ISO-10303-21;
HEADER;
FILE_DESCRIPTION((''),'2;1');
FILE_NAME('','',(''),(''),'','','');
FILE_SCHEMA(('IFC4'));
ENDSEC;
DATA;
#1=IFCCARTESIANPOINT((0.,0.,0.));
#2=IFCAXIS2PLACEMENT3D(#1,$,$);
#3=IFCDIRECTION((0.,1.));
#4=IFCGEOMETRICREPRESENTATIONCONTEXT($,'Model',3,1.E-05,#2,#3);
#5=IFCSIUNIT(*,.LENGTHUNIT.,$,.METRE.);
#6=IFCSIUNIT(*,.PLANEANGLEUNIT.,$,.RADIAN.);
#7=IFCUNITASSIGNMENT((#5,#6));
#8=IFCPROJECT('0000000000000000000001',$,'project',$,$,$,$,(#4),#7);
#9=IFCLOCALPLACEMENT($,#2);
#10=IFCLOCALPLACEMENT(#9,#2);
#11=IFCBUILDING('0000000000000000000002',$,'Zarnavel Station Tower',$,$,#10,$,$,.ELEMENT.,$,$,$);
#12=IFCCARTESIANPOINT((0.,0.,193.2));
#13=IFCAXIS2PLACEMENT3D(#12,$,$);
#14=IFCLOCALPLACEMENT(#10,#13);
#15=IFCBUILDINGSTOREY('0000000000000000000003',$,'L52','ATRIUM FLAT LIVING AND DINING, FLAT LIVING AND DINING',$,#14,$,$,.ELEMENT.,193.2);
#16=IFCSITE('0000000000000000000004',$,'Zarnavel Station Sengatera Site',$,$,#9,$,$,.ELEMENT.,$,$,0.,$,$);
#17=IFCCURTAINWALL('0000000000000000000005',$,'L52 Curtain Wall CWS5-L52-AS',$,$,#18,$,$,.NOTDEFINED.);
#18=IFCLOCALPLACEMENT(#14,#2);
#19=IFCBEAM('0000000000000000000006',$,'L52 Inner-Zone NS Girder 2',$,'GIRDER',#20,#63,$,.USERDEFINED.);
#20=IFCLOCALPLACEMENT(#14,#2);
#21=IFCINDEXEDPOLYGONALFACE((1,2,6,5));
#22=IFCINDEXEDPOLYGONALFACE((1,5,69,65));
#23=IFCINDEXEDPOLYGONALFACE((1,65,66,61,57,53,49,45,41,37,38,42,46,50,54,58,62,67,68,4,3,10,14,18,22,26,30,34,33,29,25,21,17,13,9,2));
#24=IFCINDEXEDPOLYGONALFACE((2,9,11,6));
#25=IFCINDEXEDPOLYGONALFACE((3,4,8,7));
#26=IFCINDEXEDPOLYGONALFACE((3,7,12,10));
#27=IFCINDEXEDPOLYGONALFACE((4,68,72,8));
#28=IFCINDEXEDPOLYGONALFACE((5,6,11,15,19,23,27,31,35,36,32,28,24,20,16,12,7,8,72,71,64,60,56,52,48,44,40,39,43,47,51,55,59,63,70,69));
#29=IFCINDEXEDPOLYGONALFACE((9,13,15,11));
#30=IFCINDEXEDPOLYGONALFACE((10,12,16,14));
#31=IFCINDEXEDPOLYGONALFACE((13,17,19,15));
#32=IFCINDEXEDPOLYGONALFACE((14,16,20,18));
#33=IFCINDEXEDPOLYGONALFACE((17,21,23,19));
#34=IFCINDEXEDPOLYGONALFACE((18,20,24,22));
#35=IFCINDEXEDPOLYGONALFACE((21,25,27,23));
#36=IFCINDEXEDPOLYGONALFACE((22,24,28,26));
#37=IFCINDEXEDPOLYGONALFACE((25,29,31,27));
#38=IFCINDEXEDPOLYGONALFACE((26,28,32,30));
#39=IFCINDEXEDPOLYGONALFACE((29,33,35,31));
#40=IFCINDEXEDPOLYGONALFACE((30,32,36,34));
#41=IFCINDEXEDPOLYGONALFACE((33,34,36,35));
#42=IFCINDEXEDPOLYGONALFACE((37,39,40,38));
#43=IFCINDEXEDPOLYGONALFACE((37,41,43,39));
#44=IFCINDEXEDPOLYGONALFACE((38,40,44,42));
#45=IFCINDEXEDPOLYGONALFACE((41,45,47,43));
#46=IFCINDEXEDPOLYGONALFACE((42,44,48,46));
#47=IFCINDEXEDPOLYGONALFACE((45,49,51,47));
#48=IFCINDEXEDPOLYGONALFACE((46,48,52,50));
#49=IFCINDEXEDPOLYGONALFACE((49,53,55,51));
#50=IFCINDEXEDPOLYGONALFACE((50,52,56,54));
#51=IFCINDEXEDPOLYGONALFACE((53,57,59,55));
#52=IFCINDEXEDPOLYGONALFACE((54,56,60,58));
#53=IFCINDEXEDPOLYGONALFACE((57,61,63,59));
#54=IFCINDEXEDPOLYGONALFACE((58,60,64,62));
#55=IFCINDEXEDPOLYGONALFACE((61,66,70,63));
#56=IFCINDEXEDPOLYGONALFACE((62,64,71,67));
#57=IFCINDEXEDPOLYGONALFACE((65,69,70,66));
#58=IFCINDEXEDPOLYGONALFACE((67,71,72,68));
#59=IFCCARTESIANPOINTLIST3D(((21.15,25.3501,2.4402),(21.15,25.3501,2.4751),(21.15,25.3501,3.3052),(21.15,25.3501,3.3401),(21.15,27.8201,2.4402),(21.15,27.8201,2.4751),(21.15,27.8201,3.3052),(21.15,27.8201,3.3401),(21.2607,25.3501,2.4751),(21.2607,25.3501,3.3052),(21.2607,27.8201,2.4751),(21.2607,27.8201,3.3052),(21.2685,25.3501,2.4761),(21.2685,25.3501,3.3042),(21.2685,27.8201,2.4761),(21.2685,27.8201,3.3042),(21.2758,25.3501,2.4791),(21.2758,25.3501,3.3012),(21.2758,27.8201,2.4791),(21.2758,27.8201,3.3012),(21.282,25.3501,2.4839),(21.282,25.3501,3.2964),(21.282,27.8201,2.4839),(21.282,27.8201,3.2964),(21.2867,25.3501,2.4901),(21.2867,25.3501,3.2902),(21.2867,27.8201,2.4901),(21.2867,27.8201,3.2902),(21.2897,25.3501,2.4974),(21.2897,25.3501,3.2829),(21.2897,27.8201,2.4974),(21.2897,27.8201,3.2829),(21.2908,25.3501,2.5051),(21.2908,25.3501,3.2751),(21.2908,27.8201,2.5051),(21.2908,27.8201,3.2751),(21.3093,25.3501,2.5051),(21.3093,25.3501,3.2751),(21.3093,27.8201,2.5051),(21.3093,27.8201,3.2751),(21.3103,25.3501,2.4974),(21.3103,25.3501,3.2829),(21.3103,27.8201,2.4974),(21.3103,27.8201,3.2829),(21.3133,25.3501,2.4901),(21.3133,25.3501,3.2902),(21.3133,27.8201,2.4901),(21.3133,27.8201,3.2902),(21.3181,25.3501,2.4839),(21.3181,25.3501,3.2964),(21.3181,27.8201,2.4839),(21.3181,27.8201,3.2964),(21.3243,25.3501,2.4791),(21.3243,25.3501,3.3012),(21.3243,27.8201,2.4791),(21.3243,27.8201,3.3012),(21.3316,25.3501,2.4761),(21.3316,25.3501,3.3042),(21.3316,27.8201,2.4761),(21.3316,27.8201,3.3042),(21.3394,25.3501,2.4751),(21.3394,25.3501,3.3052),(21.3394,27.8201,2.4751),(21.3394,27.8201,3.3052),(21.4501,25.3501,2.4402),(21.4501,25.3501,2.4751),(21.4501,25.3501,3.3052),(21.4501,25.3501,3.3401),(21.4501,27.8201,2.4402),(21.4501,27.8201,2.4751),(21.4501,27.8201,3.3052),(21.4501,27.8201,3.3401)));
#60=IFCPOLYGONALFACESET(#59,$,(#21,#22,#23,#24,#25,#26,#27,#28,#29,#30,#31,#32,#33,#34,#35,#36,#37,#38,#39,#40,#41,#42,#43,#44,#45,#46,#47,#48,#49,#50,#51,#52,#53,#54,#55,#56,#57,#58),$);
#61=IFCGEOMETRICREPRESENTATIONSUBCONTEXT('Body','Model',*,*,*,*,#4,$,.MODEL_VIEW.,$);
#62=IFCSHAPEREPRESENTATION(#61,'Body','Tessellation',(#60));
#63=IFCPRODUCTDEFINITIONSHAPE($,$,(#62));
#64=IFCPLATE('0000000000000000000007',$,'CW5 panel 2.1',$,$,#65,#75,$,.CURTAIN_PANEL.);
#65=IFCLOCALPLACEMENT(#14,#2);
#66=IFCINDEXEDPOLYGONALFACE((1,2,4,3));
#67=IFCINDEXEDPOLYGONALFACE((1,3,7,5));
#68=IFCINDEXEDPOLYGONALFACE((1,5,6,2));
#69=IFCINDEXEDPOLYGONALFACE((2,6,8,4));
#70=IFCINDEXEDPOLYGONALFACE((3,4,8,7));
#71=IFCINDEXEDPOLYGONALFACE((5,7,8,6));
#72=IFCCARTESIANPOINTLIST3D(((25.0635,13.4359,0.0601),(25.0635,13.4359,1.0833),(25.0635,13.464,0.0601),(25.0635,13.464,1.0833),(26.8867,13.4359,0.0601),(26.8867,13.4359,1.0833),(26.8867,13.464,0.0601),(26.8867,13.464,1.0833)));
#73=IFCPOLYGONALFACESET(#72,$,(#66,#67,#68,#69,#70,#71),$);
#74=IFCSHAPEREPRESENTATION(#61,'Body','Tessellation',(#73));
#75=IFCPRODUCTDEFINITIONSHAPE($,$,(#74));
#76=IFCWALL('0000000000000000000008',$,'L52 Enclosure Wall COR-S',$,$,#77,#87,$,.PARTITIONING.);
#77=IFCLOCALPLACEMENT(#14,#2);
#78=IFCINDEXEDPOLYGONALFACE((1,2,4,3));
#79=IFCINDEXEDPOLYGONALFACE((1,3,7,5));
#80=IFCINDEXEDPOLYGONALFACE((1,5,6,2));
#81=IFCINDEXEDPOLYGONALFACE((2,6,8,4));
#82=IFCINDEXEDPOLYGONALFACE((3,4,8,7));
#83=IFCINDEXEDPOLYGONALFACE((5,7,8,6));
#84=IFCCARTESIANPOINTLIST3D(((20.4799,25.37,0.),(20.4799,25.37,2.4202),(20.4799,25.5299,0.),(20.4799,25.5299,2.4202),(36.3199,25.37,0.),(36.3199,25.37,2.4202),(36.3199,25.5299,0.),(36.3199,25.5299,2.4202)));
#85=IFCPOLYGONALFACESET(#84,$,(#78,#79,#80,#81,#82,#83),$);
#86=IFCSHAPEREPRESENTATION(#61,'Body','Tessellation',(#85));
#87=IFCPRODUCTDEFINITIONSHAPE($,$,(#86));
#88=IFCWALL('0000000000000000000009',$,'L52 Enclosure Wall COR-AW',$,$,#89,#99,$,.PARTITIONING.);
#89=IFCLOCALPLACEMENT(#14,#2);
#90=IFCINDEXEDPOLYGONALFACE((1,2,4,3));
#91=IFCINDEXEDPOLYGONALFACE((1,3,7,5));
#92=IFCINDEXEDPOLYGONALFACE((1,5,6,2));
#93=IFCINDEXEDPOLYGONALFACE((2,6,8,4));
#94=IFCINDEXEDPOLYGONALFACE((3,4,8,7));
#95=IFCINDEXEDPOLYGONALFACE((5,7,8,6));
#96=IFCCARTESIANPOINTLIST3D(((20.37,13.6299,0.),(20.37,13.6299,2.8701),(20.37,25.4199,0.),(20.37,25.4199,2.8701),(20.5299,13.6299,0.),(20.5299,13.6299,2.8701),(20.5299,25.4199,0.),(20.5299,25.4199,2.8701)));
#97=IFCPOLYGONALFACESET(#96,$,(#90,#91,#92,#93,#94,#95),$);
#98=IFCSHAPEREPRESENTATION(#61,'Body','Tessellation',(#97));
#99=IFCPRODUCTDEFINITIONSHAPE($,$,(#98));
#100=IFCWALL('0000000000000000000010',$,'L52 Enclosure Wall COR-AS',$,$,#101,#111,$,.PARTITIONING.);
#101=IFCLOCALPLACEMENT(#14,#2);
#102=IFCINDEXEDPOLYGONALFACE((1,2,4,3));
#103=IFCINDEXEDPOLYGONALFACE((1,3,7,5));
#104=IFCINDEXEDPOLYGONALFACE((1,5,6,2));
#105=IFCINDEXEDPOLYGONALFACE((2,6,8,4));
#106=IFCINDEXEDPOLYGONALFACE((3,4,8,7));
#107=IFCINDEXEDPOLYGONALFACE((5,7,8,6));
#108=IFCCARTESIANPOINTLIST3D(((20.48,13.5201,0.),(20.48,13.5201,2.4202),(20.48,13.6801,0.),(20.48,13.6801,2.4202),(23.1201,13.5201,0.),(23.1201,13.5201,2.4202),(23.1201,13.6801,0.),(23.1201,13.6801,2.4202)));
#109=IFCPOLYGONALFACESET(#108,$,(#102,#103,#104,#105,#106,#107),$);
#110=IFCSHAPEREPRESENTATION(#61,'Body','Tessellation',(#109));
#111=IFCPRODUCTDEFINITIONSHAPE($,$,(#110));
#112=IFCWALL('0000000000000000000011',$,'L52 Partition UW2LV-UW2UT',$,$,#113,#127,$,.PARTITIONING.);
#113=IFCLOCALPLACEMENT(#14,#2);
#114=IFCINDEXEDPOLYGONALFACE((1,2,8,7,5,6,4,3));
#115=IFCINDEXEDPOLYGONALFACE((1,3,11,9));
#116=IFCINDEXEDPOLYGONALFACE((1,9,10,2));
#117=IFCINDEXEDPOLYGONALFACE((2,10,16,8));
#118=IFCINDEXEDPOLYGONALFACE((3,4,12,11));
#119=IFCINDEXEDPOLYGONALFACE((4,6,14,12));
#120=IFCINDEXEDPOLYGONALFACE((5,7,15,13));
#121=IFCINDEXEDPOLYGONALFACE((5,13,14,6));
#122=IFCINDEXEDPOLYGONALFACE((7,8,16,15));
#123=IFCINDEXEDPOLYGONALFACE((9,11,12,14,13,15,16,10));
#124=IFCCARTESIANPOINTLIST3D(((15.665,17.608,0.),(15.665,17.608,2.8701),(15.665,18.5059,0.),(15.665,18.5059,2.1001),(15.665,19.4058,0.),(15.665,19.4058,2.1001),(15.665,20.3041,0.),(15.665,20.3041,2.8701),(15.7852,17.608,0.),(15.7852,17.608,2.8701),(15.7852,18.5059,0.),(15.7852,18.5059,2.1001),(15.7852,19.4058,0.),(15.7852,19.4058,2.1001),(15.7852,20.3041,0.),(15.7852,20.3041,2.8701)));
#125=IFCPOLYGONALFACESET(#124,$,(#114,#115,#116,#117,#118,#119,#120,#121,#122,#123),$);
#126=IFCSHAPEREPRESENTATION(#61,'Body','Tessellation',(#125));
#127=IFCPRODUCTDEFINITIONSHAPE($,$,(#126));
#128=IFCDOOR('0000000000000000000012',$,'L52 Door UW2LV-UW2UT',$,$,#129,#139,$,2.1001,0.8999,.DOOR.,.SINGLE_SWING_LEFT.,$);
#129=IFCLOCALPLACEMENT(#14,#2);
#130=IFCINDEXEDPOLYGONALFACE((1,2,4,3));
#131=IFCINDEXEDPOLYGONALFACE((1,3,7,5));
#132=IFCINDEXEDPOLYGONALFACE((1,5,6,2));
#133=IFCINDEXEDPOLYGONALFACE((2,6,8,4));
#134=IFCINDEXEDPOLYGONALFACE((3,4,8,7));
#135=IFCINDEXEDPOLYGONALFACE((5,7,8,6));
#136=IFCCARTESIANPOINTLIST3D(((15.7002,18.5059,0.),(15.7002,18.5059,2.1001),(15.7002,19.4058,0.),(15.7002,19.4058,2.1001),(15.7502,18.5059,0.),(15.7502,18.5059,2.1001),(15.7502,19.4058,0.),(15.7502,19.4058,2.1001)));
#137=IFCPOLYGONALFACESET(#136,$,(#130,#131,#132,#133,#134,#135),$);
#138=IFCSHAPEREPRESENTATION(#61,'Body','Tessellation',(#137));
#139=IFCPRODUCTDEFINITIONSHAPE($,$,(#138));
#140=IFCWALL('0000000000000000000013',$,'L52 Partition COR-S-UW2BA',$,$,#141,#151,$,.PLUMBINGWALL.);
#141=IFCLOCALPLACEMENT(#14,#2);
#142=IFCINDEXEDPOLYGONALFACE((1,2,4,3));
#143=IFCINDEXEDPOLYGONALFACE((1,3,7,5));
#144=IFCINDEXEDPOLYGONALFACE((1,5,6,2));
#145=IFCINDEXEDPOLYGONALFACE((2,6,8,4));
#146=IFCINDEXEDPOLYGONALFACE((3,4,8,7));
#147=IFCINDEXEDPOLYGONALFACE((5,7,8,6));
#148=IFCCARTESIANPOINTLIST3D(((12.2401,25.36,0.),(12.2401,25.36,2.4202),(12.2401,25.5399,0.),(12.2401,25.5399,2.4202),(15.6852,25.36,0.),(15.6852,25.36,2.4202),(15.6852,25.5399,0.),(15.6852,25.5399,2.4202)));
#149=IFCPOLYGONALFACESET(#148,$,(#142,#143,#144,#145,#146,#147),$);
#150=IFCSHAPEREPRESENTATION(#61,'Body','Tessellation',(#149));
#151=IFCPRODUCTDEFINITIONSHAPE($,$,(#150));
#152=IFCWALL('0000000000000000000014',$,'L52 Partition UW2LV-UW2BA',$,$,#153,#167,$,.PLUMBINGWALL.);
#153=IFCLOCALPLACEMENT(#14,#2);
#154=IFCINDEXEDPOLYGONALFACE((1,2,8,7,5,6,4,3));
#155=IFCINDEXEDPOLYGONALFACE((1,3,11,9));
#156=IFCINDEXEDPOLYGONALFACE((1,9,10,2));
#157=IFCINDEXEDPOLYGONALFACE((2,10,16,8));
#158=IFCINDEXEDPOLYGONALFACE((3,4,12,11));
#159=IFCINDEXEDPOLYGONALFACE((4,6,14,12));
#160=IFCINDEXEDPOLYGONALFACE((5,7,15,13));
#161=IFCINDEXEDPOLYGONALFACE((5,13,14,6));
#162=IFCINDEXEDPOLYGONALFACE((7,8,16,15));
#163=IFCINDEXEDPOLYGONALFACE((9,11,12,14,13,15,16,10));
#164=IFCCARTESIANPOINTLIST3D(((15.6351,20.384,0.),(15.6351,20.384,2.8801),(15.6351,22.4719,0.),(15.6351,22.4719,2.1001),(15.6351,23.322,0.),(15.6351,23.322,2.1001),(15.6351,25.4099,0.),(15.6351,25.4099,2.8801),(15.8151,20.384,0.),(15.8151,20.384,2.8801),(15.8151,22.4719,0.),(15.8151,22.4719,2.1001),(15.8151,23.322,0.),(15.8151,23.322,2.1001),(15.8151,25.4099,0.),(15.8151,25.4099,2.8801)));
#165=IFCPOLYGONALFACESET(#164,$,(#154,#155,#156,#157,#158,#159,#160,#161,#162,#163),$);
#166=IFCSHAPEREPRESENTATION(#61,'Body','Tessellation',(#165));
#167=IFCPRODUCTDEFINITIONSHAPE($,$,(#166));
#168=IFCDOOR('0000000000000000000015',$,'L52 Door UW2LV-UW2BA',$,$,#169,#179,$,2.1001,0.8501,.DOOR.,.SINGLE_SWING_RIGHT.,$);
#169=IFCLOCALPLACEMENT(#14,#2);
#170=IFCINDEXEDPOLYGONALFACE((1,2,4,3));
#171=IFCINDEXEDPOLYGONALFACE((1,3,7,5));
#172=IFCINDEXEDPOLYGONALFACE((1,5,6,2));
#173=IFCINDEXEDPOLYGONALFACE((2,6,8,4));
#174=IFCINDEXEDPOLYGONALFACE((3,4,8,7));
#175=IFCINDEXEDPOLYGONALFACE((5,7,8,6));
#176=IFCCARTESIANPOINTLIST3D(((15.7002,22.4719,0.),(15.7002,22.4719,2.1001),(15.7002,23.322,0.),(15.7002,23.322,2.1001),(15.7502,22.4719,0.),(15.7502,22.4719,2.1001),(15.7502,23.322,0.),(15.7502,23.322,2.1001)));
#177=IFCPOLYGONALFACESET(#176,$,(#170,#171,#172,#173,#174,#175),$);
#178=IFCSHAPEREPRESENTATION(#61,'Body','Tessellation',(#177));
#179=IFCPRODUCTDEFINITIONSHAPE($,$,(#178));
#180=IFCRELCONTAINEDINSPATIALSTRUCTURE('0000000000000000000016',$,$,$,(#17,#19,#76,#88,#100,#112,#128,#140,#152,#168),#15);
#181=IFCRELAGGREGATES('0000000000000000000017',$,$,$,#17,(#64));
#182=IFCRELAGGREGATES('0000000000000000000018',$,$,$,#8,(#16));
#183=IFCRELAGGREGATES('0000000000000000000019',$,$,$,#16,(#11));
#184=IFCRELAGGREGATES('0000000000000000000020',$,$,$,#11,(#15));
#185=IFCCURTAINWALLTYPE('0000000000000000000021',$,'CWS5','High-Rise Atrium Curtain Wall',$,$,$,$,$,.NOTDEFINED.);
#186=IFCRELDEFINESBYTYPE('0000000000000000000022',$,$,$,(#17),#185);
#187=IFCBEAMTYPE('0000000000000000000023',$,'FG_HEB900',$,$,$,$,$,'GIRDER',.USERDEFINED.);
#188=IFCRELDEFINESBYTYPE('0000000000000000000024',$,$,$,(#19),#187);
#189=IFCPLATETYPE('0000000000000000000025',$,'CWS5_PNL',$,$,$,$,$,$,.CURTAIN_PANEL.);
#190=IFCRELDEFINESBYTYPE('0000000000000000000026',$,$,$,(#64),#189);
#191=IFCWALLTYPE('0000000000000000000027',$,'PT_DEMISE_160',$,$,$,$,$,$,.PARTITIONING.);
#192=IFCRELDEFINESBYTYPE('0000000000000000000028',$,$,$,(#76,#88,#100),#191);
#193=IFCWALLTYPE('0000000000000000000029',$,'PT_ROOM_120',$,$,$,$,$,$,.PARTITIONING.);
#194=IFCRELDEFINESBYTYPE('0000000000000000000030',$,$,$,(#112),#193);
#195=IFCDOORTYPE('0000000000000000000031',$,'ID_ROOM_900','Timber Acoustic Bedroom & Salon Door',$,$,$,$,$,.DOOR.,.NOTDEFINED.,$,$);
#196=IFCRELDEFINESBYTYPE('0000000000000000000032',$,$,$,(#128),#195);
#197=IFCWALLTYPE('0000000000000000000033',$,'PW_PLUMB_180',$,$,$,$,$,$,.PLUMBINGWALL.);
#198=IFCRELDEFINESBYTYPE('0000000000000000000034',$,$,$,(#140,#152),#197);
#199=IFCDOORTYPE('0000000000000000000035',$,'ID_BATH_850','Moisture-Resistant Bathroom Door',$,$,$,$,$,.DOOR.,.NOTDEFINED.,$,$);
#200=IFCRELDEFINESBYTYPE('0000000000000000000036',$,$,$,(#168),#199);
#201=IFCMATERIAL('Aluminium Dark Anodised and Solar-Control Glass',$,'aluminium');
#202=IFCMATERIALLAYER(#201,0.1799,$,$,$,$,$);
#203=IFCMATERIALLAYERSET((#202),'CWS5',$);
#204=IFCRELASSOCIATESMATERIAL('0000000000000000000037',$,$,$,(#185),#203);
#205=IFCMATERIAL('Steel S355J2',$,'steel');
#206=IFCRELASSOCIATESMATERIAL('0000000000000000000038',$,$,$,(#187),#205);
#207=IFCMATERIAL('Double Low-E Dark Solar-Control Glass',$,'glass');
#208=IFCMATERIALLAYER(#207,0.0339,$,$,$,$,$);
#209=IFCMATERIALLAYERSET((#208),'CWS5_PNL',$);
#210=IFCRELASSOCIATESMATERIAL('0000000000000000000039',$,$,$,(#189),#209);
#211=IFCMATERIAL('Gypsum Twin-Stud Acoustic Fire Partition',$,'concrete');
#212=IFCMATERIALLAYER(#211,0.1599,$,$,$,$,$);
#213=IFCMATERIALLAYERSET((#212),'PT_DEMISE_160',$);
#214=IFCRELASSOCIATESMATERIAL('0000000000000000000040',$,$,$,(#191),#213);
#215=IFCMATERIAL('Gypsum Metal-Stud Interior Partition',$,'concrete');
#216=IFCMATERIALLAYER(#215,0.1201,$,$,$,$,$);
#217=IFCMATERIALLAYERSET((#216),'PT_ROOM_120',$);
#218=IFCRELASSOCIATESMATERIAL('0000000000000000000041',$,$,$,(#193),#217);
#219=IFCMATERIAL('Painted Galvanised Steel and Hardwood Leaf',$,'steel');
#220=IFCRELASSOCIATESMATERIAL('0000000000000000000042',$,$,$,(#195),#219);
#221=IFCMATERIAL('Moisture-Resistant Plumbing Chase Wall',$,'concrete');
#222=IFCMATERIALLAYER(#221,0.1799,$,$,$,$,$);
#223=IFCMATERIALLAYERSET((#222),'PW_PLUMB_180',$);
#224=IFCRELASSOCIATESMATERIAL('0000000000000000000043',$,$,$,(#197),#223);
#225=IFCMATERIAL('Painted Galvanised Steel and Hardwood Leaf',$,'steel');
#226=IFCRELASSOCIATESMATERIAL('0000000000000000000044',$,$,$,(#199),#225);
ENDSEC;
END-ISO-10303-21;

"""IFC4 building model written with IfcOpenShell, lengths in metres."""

from ifc_helpers import new_model, si_unit, direction, frame, frame_2d, origin, origin_2d, place, context, subcontext, project, spatial, rectangle, i_section, extrude, material, layer, layer_set, material_profile, profile_set, type_object, element, fill, aggregate, save


model = new_model("IFC4")

# Units and contexts
model_context = context("Model", 3, precision=1e-05, world=origin(), true_north=direction((0.0, 1.0)))
body_context = subcontext(model_context, "Body", "Model", "MODEL_VIEW")
ifc_project = project(units=[si_unit("LENGTHUNIT", "METRE"), si_unit("PLANEANGLEUNIT", "RADIAN")], contexts=[model_context])

# Site, building, storey
site_placement = place(None, origin())
site = spatial("IfcSite", under=ifc_project, at=site_placement, Name="Zarnavel Station Sengatera Site", CompositionType="ELEMENT", RefElevation=0.0)
building_placement = place(site_placement, origin())
building = spatial("IfcBuilding", under=site, at=building_placement, Name="Zarnavel Station Tower", CompositionType="ELEMENT")
storey_placement = place(building_placement, frame((0.0, 0.0, 193.2)))
storey = spatial("IfcBuildingStorey", under=building, at=storey_placement, Name="L52", Description="ATRIUM FLAT LIVING AND DINING, FLAT LIVING AND DINING", CompositionType="ELEMENT", Elevation=193.2)

# Curtain wall
ifc_material_1 = material(Name="Aluminium Dark Anodised and Solar-Control Glass", Category="aluminium")
ifc_layer_1 = layer(ifc_material_1, 0.1799)
ifc_layer_set_1 = layer_set([ifc_layer_1], Name="CWS5")
curtain_wall_type = type_object("IfcCurtainWallType", Name="CWS5", Description="High-Rise Atrium Curtain Wall", PredefinedType="NOTDEFINED", material=ifc_layer_set_1)
curtain_wall_placement = place(storey_placement, origin())
curtain_wall = element("IfcCurtainWall", 1, at=curtain_wall_placement, inside=storey, type_object=curtain_wall_type, Name="L52 Curtain Wall CWS5-L52-AS", PredefinedType="NOTDEFINED")

# Beam
ifc_material_2 = material(Name="Steel S355J2", Category="steel")
ifc_material_profile_1 = material_profile(ifc_material_2, i_section(OverallWidth=0.3, OverallDepth=0.8999, WebThickness=0.0186, FlangeThickness=0.0349, FilletRadius=0.03, at=origin_2d()), Name="HEB900")
ifc_profile_set_1 = profile_set([ifc_material_profile_1], Name="Steel S355J2")
beam_type_1 = type_object("IfcBeamType", Name="FG_HEB900", ElementType="GIRDER", PredefinedType="USERDEFINED", material=ifc_profile_set_1)
beam_1_placement = place(storey_placement, frame((21.3, 25.3501, 2.8901), z_axis=(0.0, 1.0, 0.0), x_axis=(-1.0, 0.0, 0.0)))
element("IfcBeam", 2, at=beam_1_placement, inside=storey, type_object=beam_type_1, Name="L52 Inner-Zone NS Girder 2", ObjectType="GIRDER", PredefinedType="USERDEFINED", context=body_context, shape_type="SweptSolid", body=[
    extrude(i_section(OverallWidth=0.3, OverallDepth=0.8999, WebThickness=0.0186, FlangeThickness=0.0349, FilletRadius=0.03, at=origin_2d()), origin(), (0.0, 0.0, 1.0), 2.47),
])

# Plate
ifc_material_3 = material(Name="Double Low-E Dark Solar-Control Glass", Category="glass")
ifc_layer_2 = layer(ifc_material_3, 0.0339)
ifc_layer_set_2 = layer_set([ifc_layer_2], Name="CWS5_PNL")
plate_type = type_object("IfcPlateType", Name="CWS5_PNL", PredefinedType="CURTAIN_PANEL", material=ifc_layer_set_2)
plate_placement = place(storey_placement, frame((25.9751, 13.45, 0.0601), z_axis=(0.0, 0.0, 1.0), x_axis=(1.0, 0.0, 0.0)))
plate = element("IfcPlate", 3, at=plate_placement, type_object=plate_type, Name="CW5 panel 2.1", PredefinedType="CURTAIN_PANEL", context=body_context, shape_type="SweptSolid", body=[
    extrude(rectangle(XDim=1.8232, YDim=0.0281, at=origin_2d()), origin(), (0.0, 0.0, 1.0), 1.0232),
])
aggregate(curtain_wall, [plate])

# Shared definitions
ifc_material_4 = material(Name="Gypsum Twin-Stud Acoustic Fire Partition", Category="concrete")
ifc_layer_3 = layer(ifc_material_4, 0.1599)
ifc_layer_set_3 = layer_set([ifc_layer_3], Name="PT_DEMISE_160")
wall_type_1 = type_object("IfcWallType", Name="PT_DEMISE_160", PredefinedType="PARTITIONING", material=ifc_layer_set_3)

# Walls
wall_1_placement = place(storey_placement, frame((20.48, 25.45, 0.0), z_axis=(0.0, 0.0, 1.0), x_axis=(1.0, 0.0, 0.0)))
element("IfcWall", 4, at=wall_1_placement, inside=storey, type_object=wall_type_1, Name="L52 Enclosure Wall COR-S", PredefinedType="PARTITIONING", context=body_context, shape_type="SweptSolid", body=[
    extrude(rectangle(XDim=15.8401, YDim=0.1599, at=frame_2d((7.9199, 0.0))), origin(), (0.0, 0.0, 1.0), 2.4202),
])
wall_2_placement = place(storey_placement, frame((20.45, 13.6299, 0.0), z_axis=(0.0, 0.0, 1.0), x_axis=(0.0, 1.0, 0.0)))
element("IfcWall", 5, at=wall_2_placement, inside=storey, type_object=wall_type_1, Name="L52 Enclosure Wall COR-AW", PredefinedType="PARTITIONING", context=body_context, shape_type="SweptSolid", body=[
    extrude(rectangle(XDim=11.79, YDim=0.1599, at=frame_2d((5.895, 0.0))), origin(), (0.0, 0.0, 1.0), 2.8701),
])
wall_3_placement = place(storey_placement, frame((20.48, 13.6001, 0.0), z_axis=(0.0, 0.0, 1.0), x_axis=(1.0, 0.0, 0.0)))
element("IfcWall", 6, at=wall_3_placement, inside=storey, type_object=wall_type_1, Name="L52 Enclosure Wall COR-AS", PredefinedType="PARTITIONING", context=body_context, shape_type="SweptSolid", body=[
    extrude(rectangle(XDim=2.6401, YDim=0.1599, at=frame_2d((1.3201, 0.0))), origin(), (0.0, 0.0, 1.0), 2.4202),
])

# Wall, opening, door
ifc_material_5 = material(Name="Gypsum Metal-Stud Interior Partition", Category="concrete")
ifc_layer_4 = layer(ifc_material_5, 0.1201)
ifc_layer_set_4 = layer_set([ifc_layer_4], Name="PT_ROOM_120")
wall_type_2 = type_object("IfcWallType", Name="PT_ROOM_120", PredefinedType="PARTITIONING", material=ifc_layer_set_4)
wall_4_placement = place(storey_placement, frame((15.7251, 17.6079, 0.0), z_axis=(0.0, 0.0, 1.0), x_axis=(0.0, 1.0, 0.0)))
wall_4 = element("IfcWall", 7, at=wall_4_placement, inside=storey, type_object=wall_type_2, Name="L52 Partition UW2LV-UW2UT", PredefinedType="PARTITIONING", context=body_context, shape_type="SweptSolid", body=[
    extrude(rectangle(XDim=2.696, YDim=0.1201, at=frame_2d((1.3481, 0.0))), origin(), (0.0, 0.0, 1.0), 2.8701),
])
opening_1_placement = place(wall_4_placement, frame((0.8979, 0.0, 0.0)))
opening_1 = element("IfcOpeningElement", 8, at=opening_1_placement, cuts=wall_4, PredefinedType="OPENING", context=body_context, shape_type="SweptSolid", body=[
    extrude(rectangle(XDim=0.8999, YDim=2.1001, at=frame_2d((0.45, 1.05))), frame((0.0, 0.0701, 0.0), z_axis=(0.0, -1.0, 0.0), x_axis=(1.0, 0.0, 0.0)), (0.0, 0.0, 1.0), 0.1401),
])
ifc_material_6 = material(Name="Painted Galvanised Steel and Hardwood Leaf", Category="steel")
door_type_1 = type_object("IfcDoorType", Name="ID_ROOM_900", Description="Timber Acoustic Bedroom & Salon Door", OperationType="NOTDEFINED", PredefinedType="DOOR", material=ifc_material_6)
door_1_placement = place(opening_1_placement, origin())
door_1 = element("IfcDoor", 9, at=door_1_placement, inside=storey, type_object=door_type_1, Name="L52 Door UW2LV-UW2UT", OperationType="SINGLE_SWING_LEFT", OverallHeight=2.1001, OverallWidth=0.8999, PredefinedType="DOOR", context=body_context, shape_type="SweptSolid", body=[
    extrude(rectangle(XDim=0.8999, YDim=2.1001, at=frame_2d((0.45, 1.05))), frame((0.0, 0.0249, 0.0), z_axis=(0.0, -1.0, 0.0), x_axis=(1.0, 0.0, 0.0)), (0.0, 0.0, 1.0), 0.05),
])
fill(opening_1, door_1)

# Wall
ifc_material_7 = material(Name="Moisture-Resistant Plumbing Chase Wall", Category="concrete")
ifc_layer_5 = layer(ifc_material_7, 0.1799)
ifc_layer_set_5 = layer_set([ifc_layer_5], Name="PW_PLUMB_180")
wall_type_3 = type_object("IfcWallType", Name="PW_PLUMB_180", PredefinedType="PLUMBINGWALL", material=ifc_layer_set_5)
wall_5_placement = place(storey_placement, frame((12.24, 25.45, 0.0), z_axis=(0.0, 0.0, 1.0), x_axis=(1.0, 0.0, 0.0)))
element("IfcWall", 10, at=wall_5_placement, inside=storey, type_object=wall_type_3, Name="L52 Partition COR-S-UW2BA", PredefinedType="PLUMBINGWALL", context=body_context, shape_type="SweptSolid", body=[
    extrude(rectangle(XDim=3.4451, YDim=0.1799, at=frame_2d((1.7227, 0.0))), origin(), (0.0, 0.0, 1.0), 2.4202),
])

# Wall, opening, door
wall_6_placement = place(storey_placement, frame((15.7251, 20.384, 0.0), z_axis=(0.0, 0.0, 1.0), x_axis=(0.0, 1.0, 0.0)))
wall_6 = element("IfcWall", 11, at=wall_6_placement, inside=storey, type_object=wall_type_3, Name="L52 Partition UW2LV-UW2BA", PredefinedType="PLUMBINGWALL", context=body_context, shape_type="SweptSolid", body=[
    extrude(rectangle(XDim=5.0259, YDim=0.1799, at=frame_2d((2.5129, 0.0))), origin(), (0.0, 0.0, 1.0), 2.8801),
])
opening_2_placement = place(wall_6_placement, frame((2.0879, 0.0, 0.0)))
opening_2 = element("IfcOpeningElement", 12, at=opening_2_placement, cuts=wall_6, PredefinedType="OPENING", context=body_context, shape_type="SweptSolid", body=[
    extrude(rectangle(XDim=0.8501, YDim=2.1001, at=frame_2d((0.425, 1.05))), frame((0.0, 0.0999, 0.0), z_axis=(0.0, -1.0, 0.0), x_axis=(1.0, 0.0, 0.0)), (0.0, 0.0, 1.0), 0.2),
])
ifc_material_8 = material(Name="Painted Galvanised Steel and Hardwood Leaf", Category="steel")
door_type_2 = type_object("IfcDoorType", Name="ID_BATH_850", Description="Moisture-Resistant Bathroom Door", OperationType="NOTDEFINED", PredefinedType="DOOR", material=ifc_material_8)
door_2_placement = place(opening_2_placement, origin())
door_2 = element("IfcDoor", 13, at=door_2_placement, inside=storey, type_object=door_type_2, Name="L52 Door UW2LV-UW2BA", OperationType="SINGLE_SWING_RIGHT", OverallHeight=2.1001, OverallWidth=0.8501, PredefinedType="DOOR", context=body_context, shape_type="SweptSolid", body=[
    extrude(rectangle(XDim=0.8501, YDim=2.1001, at=frame_2d((0.425, 1.05))), frame((0.0, 0.0249, 0.0), z_axis=(0.0, -1.0, 0.0), x_axis=(1.0, 0.0, 0.0)), (0.0, 0.0, 1.0), 0.05),
])
fill(opening_2, door_2)

save(model, "model.ifc")
